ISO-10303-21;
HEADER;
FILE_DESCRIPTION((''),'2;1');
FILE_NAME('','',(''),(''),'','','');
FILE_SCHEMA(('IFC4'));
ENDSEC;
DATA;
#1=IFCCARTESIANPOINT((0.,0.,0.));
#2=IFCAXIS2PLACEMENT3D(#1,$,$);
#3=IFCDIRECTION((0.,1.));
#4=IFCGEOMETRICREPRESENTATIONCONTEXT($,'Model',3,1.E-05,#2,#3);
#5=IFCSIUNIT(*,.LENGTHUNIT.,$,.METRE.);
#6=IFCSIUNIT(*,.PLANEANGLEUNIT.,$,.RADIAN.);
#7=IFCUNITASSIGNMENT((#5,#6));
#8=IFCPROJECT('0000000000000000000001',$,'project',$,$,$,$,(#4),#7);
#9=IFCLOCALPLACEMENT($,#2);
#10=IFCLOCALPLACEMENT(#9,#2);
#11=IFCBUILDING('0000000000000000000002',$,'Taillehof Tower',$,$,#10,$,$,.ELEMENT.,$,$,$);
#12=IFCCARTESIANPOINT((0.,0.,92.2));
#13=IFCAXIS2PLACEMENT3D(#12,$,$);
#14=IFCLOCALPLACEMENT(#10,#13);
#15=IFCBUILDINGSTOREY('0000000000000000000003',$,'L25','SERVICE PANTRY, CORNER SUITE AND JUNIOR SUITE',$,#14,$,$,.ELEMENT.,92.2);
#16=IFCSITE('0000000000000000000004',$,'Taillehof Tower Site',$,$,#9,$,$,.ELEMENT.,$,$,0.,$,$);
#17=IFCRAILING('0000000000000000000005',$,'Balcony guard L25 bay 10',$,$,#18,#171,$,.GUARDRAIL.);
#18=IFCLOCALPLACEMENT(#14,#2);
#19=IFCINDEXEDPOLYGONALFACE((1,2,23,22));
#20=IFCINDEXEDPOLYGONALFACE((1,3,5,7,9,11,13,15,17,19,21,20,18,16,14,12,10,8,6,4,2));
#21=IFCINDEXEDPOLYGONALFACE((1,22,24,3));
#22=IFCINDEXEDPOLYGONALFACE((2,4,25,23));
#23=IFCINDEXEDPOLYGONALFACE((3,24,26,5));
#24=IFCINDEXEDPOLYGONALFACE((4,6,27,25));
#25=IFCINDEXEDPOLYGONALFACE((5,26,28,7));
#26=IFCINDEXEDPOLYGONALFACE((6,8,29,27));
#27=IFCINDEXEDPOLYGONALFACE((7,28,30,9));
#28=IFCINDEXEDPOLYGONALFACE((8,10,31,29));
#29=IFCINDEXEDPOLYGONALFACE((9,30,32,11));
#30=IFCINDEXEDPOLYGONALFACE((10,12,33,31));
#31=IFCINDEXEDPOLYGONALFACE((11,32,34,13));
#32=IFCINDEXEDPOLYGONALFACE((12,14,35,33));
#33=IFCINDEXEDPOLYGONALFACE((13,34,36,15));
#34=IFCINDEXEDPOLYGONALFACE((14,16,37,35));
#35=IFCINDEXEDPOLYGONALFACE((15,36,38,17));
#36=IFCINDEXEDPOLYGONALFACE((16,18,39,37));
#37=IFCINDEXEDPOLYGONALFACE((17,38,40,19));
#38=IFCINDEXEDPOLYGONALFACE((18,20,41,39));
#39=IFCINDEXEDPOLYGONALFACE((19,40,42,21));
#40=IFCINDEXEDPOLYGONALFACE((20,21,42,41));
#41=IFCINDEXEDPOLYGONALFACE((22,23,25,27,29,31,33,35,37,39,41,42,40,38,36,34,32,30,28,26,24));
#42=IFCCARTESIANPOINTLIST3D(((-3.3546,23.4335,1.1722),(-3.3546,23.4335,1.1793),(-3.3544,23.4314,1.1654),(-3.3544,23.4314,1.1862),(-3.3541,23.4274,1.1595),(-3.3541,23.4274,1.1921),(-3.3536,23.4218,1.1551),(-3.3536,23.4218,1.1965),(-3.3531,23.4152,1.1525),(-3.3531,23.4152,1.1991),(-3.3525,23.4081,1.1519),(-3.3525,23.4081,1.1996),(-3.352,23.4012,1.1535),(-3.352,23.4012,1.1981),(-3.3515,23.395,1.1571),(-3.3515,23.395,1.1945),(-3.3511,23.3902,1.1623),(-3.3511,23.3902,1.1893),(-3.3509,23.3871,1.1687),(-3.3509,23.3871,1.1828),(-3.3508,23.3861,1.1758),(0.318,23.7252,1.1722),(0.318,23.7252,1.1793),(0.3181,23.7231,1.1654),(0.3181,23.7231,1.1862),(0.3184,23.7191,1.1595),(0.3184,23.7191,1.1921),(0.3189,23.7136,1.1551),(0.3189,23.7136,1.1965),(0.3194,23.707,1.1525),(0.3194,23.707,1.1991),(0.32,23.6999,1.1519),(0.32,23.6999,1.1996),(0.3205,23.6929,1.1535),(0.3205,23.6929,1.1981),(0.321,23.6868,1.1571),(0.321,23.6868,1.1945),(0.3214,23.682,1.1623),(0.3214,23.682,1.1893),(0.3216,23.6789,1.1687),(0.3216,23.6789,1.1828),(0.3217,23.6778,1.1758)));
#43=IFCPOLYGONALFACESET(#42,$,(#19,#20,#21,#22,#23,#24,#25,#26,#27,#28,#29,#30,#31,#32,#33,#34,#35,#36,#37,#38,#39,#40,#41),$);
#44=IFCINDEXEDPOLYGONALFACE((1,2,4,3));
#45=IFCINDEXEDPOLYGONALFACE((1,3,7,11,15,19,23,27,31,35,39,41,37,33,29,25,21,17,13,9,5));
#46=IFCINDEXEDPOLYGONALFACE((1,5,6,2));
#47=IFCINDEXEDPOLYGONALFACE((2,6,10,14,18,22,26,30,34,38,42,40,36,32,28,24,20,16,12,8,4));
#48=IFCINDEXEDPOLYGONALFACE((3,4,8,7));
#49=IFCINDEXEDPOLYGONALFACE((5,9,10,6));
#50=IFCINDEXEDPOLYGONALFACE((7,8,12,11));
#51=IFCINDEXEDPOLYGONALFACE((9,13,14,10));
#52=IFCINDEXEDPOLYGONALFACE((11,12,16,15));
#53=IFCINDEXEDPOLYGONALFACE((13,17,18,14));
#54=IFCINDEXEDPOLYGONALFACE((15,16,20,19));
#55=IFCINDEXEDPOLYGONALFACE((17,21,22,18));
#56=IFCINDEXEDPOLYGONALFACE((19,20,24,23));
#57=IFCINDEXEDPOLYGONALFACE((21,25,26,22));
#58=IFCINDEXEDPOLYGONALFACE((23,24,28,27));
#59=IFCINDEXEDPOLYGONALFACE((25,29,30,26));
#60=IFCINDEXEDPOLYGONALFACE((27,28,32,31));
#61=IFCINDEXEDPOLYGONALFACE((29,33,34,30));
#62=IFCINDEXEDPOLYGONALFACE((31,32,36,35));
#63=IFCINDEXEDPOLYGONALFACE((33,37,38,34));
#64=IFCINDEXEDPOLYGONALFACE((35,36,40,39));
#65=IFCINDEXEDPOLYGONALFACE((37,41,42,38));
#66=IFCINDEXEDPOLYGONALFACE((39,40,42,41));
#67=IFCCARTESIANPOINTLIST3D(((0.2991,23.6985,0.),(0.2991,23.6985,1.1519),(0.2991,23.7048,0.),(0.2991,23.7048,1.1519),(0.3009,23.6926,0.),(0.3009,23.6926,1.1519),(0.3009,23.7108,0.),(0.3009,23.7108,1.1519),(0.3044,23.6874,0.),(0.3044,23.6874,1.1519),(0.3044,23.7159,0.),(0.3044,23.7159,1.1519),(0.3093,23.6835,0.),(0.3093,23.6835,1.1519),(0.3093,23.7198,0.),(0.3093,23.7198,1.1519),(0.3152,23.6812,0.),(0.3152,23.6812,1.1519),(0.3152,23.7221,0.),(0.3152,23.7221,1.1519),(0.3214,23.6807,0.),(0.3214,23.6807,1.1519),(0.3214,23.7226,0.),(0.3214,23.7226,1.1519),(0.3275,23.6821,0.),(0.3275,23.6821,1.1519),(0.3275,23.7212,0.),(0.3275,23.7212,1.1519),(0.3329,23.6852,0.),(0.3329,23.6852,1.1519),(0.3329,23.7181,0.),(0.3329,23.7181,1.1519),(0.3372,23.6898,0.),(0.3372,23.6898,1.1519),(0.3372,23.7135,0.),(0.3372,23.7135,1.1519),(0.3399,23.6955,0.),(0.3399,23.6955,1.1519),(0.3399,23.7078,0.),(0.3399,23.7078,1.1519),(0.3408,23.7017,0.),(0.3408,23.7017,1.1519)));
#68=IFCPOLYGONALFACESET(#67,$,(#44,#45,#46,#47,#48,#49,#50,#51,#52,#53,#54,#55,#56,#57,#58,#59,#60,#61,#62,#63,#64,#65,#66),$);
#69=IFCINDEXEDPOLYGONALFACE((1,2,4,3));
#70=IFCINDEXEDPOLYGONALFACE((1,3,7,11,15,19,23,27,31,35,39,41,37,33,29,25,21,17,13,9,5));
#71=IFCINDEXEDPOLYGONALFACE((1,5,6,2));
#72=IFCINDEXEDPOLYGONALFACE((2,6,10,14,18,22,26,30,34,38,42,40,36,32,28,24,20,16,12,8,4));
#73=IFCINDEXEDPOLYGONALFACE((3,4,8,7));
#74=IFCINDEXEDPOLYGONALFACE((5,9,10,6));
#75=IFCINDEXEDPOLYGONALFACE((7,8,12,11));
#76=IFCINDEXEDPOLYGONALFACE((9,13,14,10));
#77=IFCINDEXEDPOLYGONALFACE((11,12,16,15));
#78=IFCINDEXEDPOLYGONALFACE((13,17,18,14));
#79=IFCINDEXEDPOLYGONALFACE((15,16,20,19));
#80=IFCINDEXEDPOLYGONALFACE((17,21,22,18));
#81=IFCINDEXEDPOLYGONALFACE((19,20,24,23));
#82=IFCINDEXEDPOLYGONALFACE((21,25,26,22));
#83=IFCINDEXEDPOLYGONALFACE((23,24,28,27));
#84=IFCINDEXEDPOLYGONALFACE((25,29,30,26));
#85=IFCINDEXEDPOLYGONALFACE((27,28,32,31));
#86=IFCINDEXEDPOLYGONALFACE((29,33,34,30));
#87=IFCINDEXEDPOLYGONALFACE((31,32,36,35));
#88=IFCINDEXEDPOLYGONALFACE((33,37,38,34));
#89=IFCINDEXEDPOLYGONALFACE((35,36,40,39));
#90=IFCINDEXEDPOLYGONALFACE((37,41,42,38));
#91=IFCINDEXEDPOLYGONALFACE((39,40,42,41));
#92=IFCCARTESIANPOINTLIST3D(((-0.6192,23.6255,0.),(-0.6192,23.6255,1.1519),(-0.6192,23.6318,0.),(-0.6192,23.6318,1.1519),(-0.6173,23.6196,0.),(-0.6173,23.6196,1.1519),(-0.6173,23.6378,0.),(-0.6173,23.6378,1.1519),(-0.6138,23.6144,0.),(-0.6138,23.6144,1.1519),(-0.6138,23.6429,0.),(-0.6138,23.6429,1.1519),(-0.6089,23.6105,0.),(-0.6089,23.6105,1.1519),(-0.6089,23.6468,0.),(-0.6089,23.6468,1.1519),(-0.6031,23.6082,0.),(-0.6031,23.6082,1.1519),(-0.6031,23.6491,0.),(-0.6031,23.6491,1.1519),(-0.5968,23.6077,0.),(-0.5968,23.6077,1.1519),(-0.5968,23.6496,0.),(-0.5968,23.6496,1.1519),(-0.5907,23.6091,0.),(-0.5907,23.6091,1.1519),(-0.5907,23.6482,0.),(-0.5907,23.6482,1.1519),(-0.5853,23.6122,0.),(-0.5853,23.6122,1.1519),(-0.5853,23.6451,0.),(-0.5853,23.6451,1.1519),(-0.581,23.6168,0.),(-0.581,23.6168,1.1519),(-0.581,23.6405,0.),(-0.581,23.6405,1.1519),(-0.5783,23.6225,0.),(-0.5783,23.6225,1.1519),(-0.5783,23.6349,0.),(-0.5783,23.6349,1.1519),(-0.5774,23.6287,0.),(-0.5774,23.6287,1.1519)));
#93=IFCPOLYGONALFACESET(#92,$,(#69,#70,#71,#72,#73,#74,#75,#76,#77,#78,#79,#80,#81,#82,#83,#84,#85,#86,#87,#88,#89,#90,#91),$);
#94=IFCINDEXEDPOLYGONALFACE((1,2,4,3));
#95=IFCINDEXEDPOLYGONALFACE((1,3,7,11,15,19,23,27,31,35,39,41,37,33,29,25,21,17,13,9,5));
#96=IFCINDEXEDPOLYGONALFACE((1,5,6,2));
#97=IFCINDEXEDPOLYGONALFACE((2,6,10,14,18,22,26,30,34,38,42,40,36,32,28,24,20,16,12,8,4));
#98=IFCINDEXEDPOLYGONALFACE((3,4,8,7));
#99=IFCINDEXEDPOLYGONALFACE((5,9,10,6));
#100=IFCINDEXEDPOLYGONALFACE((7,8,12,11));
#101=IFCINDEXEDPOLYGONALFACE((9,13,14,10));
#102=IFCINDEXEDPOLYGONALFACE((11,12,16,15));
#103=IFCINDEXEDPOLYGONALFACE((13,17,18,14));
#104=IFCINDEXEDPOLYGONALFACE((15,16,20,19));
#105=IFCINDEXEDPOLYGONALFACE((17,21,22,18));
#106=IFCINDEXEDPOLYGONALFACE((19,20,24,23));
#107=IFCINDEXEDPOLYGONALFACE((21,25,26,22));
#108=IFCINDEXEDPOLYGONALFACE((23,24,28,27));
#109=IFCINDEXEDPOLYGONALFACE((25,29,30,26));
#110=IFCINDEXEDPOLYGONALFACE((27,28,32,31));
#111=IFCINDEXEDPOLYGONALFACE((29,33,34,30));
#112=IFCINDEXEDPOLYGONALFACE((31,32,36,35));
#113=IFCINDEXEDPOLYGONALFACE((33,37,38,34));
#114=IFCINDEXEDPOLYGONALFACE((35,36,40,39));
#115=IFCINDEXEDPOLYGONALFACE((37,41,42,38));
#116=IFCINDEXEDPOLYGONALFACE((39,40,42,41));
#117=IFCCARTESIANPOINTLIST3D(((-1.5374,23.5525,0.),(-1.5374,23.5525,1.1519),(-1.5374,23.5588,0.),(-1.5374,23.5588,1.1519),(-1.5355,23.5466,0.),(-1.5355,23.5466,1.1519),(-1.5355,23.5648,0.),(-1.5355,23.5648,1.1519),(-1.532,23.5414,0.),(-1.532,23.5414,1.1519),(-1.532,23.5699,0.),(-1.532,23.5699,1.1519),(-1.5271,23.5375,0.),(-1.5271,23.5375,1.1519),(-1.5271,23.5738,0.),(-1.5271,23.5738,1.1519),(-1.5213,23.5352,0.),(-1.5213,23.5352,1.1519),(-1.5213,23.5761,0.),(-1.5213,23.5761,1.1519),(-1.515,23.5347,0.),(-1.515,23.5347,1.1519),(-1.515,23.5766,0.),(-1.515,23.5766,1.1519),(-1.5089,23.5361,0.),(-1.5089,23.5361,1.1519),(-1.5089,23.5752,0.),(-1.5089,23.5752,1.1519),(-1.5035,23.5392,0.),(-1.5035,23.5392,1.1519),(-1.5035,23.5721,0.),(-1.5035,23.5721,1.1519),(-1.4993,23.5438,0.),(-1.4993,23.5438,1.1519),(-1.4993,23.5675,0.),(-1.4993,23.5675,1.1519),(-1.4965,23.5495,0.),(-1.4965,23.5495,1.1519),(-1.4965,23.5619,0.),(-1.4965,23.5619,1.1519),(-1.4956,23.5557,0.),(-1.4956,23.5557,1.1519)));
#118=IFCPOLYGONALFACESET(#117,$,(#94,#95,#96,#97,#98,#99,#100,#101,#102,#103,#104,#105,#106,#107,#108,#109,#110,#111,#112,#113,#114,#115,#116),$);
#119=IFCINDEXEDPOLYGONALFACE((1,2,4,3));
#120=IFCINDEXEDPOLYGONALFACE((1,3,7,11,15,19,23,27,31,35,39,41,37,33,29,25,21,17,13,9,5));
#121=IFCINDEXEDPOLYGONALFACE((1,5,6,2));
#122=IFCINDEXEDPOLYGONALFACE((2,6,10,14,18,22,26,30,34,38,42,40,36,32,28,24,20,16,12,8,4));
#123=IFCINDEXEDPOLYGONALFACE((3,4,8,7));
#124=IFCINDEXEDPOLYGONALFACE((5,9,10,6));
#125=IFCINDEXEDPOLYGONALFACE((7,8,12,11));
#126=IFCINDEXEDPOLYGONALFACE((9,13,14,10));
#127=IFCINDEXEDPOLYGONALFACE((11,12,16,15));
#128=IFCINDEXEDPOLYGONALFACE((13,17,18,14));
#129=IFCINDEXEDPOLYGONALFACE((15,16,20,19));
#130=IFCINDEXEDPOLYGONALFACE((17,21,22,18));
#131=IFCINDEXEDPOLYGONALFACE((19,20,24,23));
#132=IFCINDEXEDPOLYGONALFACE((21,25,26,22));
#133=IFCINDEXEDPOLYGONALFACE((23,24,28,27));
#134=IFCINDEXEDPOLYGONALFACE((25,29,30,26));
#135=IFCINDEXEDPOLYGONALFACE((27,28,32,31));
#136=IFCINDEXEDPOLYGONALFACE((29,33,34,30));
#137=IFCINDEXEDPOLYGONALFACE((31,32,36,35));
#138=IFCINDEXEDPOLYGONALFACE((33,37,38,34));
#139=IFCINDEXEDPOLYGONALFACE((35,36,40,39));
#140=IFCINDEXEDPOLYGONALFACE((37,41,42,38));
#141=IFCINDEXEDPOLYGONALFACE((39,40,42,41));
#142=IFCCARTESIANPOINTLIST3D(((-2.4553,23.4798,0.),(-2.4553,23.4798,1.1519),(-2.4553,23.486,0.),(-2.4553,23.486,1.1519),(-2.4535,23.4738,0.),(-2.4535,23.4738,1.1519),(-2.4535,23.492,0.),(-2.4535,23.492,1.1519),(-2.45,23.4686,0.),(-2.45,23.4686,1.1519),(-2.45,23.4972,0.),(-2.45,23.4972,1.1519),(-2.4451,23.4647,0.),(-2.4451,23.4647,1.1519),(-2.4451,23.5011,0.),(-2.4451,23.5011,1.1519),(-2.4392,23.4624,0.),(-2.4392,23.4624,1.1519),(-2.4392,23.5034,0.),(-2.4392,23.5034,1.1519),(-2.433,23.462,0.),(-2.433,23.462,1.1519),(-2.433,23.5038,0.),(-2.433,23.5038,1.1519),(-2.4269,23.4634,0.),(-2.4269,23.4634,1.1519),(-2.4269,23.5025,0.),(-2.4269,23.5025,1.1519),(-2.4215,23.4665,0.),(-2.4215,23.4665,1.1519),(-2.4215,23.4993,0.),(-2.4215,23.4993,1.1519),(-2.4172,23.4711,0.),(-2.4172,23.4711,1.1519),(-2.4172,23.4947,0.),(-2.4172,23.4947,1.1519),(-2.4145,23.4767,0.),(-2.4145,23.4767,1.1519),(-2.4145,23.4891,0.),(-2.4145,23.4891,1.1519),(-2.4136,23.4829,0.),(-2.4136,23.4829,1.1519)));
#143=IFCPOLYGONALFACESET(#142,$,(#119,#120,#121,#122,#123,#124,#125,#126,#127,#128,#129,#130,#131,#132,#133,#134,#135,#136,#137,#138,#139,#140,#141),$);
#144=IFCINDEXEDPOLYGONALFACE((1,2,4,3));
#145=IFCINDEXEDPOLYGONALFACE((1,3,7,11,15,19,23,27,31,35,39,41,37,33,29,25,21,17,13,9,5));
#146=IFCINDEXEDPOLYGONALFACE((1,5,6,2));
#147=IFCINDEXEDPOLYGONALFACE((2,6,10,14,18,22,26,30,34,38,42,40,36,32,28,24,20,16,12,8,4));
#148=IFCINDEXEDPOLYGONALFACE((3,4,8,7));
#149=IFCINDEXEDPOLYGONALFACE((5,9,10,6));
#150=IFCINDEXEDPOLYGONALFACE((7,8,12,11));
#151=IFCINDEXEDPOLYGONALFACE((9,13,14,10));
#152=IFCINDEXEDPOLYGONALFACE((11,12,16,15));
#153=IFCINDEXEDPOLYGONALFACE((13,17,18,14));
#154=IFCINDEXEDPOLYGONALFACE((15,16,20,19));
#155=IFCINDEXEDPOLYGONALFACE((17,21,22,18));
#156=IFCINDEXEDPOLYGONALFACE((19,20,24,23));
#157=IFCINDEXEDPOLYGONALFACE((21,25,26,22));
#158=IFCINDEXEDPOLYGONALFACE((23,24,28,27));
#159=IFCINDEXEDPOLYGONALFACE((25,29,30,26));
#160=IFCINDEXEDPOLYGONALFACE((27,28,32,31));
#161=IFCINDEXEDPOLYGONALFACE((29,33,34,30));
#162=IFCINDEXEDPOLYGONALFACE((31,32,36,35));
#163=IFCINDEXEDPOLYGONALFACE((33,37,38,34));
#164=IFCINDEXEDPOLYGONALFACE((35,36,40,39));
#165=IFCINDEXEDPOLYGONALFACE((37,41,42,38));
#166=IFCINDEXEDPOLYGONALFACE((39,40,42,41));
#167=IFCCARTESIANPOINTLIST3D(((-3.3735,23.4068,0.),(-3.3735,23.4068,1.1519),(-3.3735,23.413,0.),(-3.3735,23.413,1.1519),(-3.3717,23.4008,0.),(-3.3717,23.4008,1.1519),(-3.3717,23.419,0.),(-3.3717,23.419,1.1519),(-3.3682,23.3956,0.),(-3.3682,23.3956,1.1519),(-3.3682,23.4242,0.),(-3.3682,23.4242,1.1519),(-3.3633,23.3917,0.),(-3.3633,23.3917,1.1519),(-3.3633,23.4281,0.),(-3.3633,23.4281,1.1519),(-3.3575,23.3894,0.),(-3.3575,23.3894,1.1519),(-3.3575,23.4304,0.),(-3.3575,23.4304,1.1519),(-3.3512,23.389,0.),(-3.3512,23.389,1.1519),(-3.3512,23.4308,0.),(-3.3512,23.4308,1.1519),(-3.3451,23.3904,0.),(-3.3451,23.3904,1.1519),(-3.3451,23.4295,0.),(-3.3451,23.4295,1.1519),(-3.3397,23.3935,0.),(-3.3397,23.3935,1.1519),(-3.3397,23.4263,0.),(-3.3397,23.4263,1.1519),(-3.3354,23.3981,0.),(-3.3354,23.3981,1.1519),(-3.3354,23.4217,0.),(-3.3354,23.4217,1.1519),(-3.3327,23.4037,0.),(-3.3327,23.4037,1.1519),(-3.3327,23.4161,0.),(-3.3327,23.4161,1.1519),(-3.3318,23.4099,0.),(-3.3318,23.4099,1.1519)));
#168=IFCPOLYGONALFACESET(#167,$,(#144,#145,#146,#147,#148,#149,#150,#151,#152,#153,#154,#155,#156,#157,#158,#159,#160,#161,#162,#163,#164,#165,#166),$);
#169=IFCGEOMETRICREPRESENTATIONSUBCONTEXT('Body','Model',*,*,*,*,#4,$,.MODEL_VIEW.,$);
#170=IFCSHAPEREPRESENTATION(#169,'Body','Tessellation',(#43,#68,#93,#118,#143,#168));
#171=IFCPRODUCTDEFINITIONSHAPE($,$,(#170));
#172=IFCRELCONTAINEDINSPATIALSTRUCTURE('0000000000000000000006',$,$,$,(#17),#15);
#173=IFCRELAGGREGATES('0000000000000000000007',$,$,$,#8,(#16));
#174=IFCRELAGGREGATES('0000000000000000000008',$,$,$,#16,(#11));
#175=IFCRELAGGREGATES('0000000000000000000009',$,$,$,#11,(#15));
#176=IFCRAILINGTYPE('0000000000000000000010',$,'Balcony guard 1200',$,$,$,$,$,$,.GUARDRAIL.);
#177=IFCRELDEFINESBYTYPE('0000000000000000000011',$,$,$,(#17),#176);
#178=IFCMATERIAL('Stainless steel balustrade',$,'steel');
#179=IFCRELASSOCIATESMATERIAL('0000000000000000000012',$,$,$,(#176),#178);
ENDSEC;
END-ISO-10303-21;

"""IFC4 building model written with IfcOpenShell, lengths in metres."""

from ifc_helpers import new_model, si_unit, direction, frame, origin, origin_2d, place, context, subcontext, project, spatial, circle, extrude, material, type_object, element, save


model = new_model("IFC4")

# Units and contexts
model_context = context("Model", 3, precision=1e-05, world=origin(), true_north=direction((0.0, 1.0)))
body_context = subcontext(model_context, "Body", "Model", "MODEL_VIEW")
ifc_project = project(units=[si_unit("LENGTHUNIT", "METRE"), si_unit("PLANEANGLEUNIT", "RADIAN")], contexts=[model_context])

# Site, building, storey
site_placement = place(None, origin())
site = spatial("IfcSite", under=ifc_project, at=site_placement, Name="Taillehof Tower Site", CompositionType="ELEMENT", RefElevation=0.0)
building_placement = place(site_placement, origin())
building = spatial("IfcBuilding", under=site, at=building_placement, Name="Taillehof Tower", CompositionType="ELEMENT")
storey_placement = place(building_placement, frame((0.0, 0.0, 92.2)))
storey = spatial("IfcBuildingStorey", under=building, at=storey_placement, Name="L25", Description="SERVICE PANTRY, CORNER SUITE AND JUNIOR SUITE", CompositionType="ELEMENT", Elevation=92.2)

# Railing
ifc_material_1 = material(Name="Stainless steel balustrade", Category="steel")
railing_type = type_object("IfcRailingType", Name="Balcony guard 1200", PredefinedType="GUARDRAIL", material=ifc_material_1)
railing_1_placement = place(storey_placement, frame((0.3198, 23.7017, 0.0)))
element("IfcRailing", 1, at=railing_1_placement, inside=storey, type_object=railing_type, Name="Balcony guard L25 bay 10", PredefinedType="GUARDRAIL", context=body_context, shape_type="SweptSolid", body=[
    extrude(circle(Radius=0.0239, at=origin_2d()), frame((0.0, 0.0, 1.1758), z_axis=(-0.99686, -0.079189, 0.0), x_axis=(0.079189, -0.99686, 0.0)), (0.0, 0.0, 1.0), 3.6841),
    extrude(circle(Radius=0.021, at=origin_2d()), origin(), (0.0, 0.0, 1.0), 1.1519),
    extrude(circle(Radius=0.021, at=origin_2d()), frame((-0.9182, -0.073, 0.0)), (0.0, 0.0, 1.0), 1.1519),
    extrude(circle(Radius=0.021, at=origin_2d()), frame((-1.8364, -0.146, 0.0)), (0.0, 0.0, 1.0), 1.1519),
    extrude(circle(Radius=0.021, at=origin_2d()), frame((-2.7544, -0.2188, 0.0)), (0.0, 0.0, 1.0), 1.1519),
    extrude(circle(Radius=0.021, at=origin_2d()), frame((-3.6726, -0.2917, 0.0)), (0.0, 0.0, 1.0), 1.1519),
])

save(model, "model.ifc")
